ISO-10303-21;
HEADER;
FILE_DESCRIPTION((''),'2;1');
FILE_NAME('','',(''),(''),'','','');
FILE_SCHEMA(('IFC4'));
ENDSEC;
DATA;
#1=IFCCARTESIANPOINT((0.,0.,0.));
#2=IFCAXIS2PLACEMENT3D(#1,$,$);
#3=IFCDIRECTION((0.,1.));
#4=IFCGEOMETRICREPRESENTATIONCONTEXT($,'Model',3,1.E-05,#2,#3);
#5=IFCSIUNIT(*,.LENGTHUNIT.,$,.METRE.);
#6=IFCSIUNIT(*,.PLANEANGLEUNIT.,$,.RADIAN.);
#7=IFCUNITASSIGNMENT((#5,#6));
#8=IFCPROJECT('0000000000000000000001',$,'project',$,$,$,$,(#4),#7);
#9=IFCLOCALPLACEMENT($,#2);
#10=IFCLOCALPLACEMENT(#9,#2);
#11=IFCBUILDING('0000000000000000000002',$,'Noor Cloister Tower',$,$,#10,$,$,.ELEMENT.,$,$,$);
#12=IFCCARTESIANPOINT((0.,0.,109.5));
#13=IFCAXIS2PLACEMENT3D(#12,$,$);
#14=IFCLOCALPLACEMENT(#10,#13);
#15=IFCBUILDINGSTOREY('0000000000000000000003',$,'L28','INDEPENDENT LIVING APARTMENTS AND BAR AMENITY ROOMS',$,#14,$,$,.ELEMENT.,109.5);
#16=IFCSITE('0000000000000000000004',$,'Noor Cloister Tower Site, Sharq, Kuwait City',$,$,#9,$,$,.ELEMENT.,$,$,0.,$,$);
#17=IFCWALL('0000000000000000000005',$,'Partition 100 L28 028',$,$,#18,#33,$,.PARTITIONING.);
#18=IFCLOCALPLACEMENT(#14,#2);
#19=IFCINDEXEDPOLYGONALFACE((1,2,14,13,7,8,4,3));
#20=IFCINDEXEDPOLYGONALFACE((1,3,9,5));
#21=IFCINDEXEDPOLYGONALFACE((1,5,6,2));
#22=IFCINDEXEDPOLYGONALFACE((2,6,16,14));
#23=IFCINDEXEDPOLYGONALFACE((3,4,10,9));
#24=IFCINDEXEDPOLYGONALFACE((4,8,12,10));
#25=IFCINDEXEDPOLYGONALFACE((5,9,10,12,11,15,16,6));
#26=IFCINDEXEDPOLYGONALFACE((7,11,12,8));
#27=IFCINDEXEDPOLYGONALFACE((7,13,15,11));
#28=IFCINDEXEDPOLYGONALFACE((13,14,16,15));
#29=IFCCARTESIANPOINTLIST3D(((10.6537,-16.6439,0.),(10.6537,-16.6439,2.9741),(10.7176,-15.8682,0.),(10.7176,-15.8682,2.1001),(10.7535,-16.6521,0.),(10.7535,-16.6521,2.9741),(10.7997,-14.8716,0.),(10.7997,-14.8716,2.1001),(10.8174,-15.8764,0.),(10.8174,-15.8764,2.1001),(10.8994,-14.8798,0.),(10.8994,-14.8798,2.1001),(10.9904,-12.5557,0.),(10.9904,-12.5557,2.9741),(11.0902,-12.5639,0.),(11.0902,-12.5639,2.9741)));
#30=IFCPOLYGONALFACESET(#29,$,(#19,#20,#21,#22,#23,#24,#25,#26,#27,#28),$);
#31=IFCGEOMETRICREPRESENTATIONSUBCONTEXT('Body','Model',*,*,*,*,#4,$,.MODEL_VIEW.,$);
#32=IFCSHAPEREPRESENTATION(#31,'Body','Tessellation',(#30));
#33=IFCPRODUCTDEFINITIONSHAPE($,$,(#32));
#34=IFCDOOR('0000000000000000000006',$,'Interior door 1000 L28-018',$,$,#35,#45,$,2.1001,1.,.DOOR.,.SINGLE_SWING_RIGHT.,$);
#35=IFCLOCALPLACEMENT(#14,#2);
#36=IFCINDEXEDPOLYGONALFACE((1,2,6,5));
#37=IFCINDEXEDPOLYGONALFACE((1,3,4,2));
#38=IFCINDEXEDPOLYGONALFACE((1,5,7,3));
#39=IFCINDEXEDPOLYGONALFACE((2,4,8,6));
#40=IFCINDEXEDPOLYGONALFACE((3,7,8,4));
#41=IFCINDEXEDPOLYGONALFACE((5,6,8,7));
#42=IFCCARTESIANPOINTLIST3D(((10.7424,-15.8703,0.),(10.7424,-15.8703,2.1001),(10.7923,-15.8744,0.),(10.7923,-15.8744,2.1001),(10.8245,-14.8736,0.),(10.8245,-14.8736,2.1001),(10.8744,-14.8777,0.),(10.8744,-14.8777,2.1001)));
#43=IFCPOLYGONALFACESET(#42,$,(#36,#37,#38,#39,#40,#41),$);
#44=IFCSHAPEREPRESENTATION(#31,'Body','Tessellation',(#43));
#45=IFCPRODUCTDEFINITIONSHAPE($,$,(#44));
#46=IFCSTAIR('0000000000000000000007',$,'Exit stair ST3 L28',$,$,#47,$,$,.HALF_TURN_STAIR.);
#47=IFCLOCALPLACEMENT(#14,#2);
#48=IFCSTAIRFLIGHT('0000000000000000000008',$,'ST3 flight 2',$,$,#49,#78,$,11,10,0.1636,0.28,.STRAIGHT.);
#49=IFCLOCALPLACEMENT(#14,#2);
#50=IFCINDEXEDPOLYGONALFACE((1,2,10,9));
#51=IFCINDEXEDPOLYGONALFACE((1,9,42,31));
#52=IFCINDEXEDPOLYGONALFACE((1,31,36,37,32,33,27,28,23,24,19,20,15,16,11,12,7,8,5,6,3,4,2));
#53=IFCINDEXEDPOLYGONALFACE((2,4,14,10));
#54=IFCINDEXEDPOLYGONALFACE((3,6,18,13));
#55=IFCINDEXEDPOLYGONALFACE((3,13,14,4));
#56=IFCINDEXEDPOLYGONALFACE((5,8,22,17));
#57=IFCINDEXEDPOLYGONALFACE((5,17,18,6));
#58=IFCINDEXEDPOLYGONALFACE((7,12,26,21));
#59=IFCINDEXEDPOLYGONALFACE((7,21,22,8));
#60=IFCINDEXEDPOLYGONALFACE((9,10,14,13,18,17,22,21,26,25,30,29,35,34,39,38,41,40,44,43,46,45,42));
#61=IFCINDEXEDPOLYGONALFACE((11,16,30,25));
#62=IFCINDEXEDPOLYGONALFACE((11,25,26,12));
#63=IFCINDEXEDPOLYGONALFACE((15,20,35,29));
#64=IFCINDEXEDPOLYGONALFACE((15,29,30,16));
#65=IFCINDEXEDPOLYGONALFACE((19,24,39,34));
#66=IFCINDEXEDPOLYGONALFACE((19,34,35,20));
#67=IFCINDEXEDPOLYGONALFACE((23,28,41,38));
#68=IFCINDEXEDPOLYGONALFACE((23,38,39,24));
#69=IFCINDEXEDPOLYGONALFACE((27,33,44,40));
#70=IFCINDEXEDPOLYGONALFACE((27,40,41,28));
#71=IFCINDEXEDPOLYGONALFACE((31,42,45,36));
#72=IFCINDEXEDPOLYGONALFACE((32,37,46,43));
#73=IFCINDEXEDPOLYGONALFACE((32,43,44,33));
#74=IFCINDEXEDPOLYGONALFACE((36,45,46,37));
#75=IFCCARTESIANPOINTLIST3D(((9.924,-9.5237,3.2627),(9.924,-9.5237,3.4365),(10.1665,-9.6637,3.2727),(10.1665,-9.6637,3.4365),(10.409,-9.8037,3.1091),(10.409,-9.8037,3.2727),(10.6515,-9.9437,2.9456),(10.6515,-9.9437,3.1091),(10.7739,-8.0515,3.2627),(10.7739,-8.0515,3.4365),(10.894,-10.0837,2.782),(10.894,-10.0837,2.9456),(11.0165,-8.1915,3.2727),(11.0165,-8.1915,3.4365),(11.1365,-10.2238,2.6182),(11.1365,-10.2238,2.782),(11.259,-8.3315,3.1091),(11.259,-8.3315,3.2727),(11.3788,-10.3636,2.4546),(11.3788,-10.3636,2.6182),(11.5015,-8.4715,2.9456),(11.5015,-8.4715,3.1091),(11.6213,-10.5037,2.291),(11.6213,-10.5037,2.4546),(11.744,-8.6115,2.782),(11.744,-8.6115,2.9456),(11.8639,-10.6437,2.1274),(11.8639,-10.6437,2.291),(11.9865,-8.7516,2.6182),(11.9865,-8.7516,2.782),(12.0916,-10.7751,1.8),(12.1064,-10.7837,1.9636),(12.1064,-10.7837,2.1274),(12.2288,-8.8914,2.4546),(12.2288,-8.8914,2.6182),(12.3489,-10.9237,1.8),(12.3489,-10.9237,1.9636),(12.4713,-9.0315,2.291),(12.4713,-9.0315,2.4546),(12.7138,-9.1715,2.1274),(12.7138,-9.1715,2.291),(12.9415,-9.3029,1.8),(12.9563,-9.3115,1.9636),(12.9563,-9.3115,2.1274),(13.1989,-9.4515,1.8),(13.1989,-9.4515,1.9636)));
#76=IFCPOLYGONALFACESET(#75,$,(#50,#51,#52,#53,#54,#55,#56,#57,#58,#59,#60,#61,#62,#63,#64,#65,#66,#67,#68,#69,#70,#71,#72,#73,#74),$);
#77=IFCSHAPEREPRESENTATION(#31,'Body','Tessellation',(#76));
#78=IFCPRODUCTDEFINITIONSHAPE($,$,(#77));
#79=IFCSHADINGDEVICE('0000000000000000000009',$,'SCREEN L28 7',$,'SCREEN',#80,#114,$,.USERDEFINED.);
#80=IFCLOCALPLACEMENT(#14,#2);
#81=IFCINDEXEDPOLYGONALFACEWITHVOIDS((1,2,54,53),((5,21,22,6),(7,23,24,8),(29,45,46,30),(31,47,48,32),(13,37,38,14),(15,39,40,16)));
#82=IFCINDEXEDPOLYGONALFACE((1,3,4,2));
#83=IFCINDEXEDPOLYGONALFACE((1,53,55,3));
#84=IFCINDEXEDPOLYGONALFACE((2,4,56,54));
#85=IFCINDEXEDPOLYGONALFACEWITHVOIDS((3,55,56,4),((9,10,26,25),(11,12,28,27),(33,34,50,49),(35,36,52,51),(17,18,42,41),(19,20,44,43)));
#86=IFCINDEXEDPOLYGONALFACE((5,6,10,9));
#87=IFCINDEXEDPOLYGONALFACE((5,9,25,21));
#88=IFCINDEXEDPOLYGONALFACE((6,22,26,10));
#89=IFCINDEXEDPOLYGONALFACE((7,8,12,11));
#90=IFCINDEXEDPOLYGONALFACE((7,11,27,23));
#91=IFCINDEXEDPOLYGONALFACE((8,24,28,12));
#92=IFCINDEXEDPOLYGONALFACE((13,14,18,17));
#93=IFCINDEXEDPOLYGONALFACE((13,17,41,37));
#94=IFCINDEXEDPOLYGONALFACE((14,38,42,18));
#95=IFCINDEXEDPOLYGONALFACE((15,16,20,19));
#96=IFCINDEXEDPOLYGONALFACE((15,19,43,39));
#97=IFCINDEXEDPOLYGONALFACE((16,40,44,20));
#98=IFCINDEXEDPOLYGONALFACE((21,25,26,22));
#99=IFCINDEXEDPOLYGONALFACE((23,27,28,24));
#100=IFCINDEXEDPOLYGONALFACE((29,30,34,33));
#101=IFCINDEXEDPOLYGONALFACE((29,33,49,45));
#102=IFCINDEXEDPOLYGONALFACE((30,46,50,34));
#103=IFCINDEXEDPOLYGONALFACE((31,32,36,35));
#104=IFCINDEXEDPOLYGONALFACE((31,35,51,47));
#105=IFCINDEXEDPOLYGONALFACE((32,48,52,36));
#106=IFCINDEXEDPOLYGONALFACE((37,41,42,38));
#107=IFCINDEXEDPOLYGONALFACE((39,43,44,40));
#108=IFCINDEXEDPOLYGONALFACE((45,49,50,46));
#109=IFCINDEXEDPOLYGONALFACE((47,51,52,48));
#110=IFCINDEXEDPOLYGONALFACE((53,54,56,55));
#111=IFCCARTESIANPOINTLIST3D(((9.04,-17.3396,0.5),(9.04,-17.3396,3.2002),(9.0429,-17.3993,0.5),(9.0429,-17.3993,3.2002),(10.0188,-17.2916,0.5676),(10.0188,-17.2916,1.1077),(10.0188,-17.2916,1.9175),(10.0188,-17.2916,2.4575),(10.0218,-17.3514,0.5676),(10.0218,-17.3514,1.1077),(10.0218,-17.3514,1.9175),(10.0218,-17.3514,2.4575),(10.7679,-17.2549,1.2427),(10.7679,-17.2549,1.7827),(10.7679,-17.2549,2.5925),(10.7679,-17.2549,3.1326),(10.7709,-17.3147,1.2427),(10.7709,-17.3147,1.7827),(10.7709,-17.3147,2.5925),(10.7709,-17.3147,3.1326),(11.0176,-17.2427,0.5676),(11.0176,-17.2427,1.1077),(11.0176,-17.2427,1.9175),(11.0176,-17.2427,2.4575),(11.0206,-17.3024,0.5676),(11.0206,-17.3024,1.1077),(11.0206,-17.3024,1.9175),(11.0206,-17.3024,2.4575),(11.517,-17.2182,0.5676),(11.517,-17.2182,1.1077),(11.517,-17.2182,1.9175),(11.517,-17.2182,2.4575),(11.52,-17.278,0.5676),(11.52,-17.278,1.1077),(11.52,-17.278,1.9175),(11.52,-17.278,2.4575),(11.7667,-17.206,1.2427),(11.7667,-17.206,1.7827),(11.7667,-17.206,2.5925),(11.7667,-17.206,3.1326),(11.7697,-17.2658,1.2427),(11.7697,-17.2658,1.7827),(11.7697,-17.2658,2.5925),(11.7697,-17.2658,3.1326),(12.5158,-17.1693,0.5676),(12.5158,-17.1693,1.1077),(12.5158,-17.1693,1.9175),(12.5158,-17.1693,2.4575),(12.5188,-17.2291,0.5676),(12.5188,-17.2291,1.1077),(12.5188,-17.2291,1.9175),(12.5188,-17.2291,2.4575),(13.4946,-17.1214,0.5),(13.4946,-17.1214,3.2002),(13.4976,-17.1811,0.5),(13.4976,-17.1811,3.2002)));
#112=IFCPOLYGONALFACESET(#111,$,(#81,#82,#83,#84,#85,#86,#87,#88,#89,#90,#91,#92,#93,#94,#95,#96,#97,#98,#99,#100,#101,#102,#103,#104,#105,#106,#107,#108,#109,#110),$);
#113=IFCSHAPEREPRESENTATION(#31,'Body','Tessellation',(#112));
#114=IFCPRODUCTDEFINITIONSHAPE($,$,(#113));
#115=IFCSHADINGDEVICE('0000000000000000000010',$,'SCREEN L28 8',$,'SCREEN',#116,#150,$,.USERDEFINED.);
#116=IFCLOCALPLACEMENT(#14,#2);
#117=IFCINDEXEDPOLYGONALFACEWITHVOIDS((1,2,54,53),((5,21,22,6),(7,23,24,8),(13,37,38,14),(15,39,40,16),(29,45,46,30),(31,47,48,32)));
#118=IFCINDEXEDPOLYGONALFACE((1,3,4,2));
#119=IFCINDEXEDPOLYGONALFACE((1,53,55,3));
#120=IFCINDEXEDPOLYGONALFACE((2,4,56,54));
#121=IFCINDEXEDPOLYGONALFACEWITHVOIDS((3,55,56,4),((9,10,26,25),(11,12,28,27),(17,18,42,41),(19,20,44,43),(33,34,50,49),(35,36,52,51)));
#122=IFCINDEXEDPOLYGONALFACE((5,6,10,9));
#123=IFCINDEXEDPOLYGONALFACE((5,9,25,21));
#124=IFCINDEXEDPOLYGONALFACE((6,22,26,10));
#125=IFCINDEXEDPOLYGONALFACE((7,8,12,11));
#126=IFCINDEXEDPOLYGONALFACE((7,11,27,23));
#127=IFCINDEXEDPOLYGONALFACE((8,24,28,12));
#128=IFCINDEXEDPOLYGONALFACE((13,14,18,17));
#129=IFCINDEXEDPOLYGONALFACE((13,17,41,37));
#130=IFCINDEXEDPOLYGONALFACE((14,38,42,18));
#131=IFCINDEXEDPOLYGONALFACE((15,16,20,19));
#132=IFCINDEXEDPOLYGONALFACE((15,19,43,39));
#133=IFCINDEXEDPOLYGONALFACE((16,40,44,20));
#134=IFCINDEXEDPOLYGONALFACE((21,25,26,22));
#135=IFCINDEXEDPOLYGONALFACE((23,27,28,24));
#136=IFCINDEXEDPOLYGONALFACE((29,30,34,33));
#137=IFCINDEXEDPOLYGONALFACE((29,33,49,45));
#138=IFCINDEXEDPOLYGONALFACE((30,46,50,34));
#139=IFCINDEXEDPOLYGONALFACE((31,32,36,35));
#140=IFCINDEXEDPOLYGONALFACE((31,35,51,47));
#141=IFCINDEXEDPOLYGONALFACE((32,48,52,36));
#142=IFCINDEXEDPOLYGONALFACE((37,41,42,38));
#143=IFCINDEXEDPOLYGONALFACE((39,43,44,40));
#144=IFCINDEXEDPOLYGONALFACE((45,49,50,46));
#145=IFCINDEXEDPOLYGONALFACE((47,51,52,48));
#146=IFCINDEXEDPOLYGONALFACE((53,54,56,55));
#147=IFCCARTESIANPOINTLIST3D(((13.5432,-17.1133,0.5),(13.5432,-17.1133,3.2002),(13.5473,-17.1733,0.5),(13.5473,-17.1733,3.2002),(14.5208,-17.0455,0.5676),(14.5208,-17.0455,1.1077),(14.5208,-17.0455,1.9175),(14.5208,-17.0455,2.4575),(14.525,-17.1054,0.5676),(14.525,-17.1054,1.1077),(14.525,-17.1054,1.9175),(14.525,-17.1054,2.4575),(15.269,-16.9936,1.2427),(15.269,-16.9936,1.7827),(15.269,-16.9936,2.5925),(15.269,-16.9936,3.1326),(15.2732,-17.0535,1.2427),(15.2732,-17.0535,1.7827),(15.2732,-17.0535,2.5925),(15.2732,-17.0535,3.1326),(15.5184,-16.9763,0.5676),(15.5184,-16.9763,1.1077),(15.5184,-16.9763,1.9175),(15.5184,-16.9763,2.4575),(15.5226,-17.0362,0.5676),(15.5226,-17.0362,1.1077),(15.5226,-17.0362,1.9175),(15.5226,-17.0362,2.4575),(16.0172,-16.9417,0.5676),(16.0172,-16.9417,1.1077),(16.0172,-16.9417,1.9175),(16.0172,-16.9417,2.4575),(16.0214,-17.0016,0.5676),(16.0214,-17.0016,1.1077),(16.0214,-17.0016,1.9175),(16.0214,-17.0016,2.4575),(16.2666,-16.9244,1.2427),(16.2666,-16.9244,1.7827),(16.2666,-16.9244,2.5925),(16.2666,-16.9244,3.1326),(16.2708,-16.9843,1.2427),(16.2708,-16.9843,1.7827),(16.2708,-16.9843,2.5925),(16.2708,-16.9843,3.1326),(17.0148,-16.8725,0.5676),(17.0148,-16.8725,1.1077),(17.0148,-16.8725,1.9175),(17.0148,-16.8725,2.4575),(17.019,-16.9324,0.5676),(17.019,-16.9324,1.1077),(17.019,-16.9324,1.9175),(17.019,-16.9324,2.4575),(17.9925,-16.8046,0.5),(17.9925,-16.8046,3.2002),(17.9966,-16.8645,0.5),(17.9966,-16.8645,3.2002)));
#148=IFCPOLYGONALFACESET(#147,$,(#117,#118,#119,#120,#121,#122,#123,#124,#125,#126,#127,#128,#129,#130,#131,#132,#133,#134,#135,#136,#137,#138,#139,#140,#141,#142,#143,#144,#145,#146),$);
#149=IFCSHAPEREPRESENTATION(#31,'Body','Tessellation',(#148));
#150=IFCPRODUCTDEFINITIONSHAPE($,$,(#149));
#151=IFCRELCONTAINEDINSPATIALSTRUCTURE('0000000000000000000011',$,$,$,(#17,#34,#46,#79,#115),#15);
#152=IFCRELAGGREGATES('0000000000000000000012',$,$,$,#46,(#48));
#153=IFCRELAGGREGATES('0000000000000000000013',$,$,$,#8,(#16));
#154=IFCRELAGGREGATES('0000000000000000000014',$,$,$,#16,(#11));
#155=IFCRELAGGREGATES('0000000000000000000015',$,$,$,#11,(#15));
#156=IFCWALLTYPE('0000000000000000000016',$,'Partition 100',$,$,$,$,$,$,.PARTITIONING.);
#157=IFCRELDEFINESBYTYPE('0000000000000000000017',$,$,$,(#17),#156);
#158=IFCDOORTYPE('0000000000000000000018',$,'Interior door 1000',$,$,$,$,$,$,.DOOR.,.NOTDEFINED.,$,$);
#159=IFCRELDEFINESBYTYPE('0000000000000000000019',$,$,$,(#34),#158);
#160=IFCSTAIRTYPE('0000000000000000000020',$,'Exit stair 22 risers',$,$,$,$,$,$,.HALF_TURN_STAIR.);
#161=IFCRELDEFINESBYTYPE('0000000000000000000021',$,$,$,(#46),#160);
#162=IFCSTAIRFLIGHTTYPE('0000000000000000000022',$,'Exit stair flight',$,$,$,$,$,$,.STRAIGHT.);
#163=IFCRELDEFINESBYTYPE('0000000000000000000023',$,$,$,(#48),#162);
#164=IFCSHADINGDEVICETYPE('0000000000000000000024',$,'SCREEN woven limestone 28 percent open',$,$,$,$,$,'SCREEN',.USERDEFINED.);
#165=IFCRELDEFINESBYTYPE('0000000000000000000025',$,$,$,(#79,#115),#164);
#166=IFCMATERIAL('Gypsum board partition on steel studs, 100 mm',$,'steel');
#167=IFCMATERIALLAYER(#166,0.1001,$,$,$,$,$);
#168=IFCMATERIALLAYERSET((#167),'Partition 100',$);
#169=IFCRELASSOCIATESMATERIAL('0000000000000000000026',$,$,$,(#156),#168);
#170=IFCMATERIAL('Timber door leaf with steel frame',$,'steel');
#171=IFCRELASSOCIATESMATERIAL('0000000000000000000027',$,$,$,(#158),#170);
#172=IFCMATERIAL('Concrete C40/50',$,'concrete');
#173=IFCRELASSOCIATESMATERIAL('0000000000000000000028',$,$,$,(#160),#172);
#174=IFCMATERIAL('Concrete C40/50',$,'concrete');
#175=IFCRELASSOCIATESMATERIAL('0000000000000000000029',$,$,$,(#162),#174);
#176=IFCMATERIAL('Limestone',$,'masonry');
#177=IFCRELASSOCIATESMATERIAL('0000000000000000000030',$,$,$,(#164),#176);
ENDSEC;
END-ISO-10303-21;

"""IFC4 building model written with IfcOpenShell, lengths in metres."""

from ifc_helpers import new_model, si_unit, direction, frame, frame_2d, origin, place, context, subcontext, project, spatial, polyline, rectangle, outline, extrude, material, layer, layer_set, material_profile, profile_set, type_object, element, fill, aggregate, save


model = new_model("IFC4")

# Units and contexts
model_context = context("Model", 3, precision=1e-05, world=origin(), true_north=direction((0.0, 1.0)))
body_context = subcontext(model_context, "Body", "Model", "MODEL_VIEW")
ifc_project = project(units=[si_unit("LENGTHUNIT", "METRE"), si_unit("PLANEANGLEUNIT", "RADIAN")], contexts=[model_context])

# Site, building, storey
site_placement = place(None, origin())
site = spatial("IfcSite", under=ifc_project, at=site_placement, Name="Noor Cloister Tower Site, Sharq, Kuwait City", CompositionType="ELEMENT", RefElevation=0.0)
building_placement = place(site_placement, origin())
building = spatial("IfcBuilding", under=site, at=building_placement, Name="Noor Cloister Tower", CompositionType="ELEMENT")
storey_placement = place(building_placement, frame((0.0, 0.0, 109.5)))
storey = spatial("IfcBuildingStorey", under=building, at=storey_placement, Name="L28", Description="INDEPENDENT LIVING APARTMENTS AND BAR AMENITY ROOMS", CompositionType="ELEMENT", Elevation=109.5)

# Wall, opening, door
ifc_material_1 = material(Name="Gypsum board partition on steel studs, 100 mm", Category="steel")
ifc_layer_1 = layer(ifc_material_1, 0.1001)
ifc_layer_set_1 = layer_set([ifc_layer_1], Name="Partition 100")
wall_type = type_object("IfcWallType", Name="Partition 100", PredefinedType="PARTITIONING", material=ifc_layer_set_1)
ifc_material_2 = material(Name="Timber door leaf with steel frame", Category="steel")
door_type = type_object("IfcDoorType", Name="Interior door 1000", OperationType="NOTDEFINED", PredefinedType="DOOR", material=ifc_material_2)
wall_1_placement = place(storey_placement, frame((11.0403, -12.5598, 0.0), z_axis=(0.0, 0.0, 1.0), x_axis=(-0.082075, -0.996626, 0.0)))
wall_1 = element("IfcWall", 1, at=wall_1_placement, inside=storey, type_object=wall_type, Name="Partition 100 L28 028", PredefinedType="PARTITIONING", context=body_context, shape_type="SweptSolid", body=[
    extrude(rectangle(XDim=4.1021, YDim=0.1001, at=frame_2d((2.051, 0.0))), origin(), (0.0, 0.0, 1.0), 2.9741),
])
opening_1_placement = place(wall_1_placement, frame((2.3237, 0.0, 0.0)))
opening_1 = element("IfcOpeningElement", 2, at=opening_1_placement, cuts=wall_1, PredefinedType="OPENING", context=body_context, shape_type="SweptSolid", body=[
    extrude(rectangle(XDim=1.0, YDim=2.1001, at=frame_2d((0.5, 1.05))), frame((0.0, 0.0601, 0.0), z_axis=(0.0, -1.0, 0.0), x_axis=(1.0, 0.0, 0.0)), (0.0, 0.0, 1.0), 0.1201),
])
door_1_placement = place(opening_1_placement, origin())
door_1 = element("IfcDoor", 3, at=door_1_placement, inside=storey, type_object=door_type, Name="Interior door 1000 L28-018", OperationType="SINGLE_SWING_RIGHT", OverallHeight=2.1001, OverallWidth=1.0, PredefinedType="DOOR", context=body_context, shape_type="SweptSolid", body=[
    extrude(rectangle(XDim=1.0, YDim=2.1001, at=frame_2d((0.5, 1.05))), frame((0.0, 0.0249, 0.0), z_axis=(0.0, -1.0, 0.0), x_axis=(1.0, 0.0, 0.0)), (0.0, 0.0, 1.0), 0.05),
])
fill(opening_1, door_1)

# Stair, stair flight
ifc_material_3 = material(Name="Concrete C40/50", Category="concrete")
stair_type = type_object("IfcStairType", Name="Exit stair 22 risers", PredefinedType="HALF_TURN_STAIR", material=ifc_material_3)
stair_placement = place(storey_placement, origin())
stair = element("IfcStair", 4, at=stair_placement, inside=storey, type_object=stair_type, Name="Exit stair ST3 L28", PredefinedType="HALF_TURN_STAIR")
ifc_material_4 = material(Name="Concrete C40/50", Category="concrete")
stair_flight_type = type_object("IfcStairFlightType", Name="Exit stair flight", PredefinedType="STRAIGHT", material=ifc_material_4)
stair_flight_placement = place(storey_placement, frame((12.7739, -10.1875, 1.8), z_axis=(0.0, 0.0, 1.0), x_axis=(-0.866025, 0.5, 0.0)))
stair_flight = element("IfcStairFlight", 5, at=stair_flight_placement, type_object=stair_flight_type, Name="ST3 flight 2", NumberOfRisers=11, NumberOfTreads=10, PredefinedType="STRAIGHT", RiserHeight=0.1636, TreadLength=0.28, context=body_context, shape_type="SweptSolid", body=[
    extrude(outline(polyline([(0.0, 0.0), (0.0, 0.1636), (0.28, 0.1636), (0.28, 0.3274), (0.5601, 0.3274), (0.5601, 0.491), (0.8401, 0.491), (0.8401, 0.6545), (1.1201, 0.6545), (1.1201, 0.8181), (1.3999, 0.8181), (1.3999, 0.9819), (1.6799, 0.9819), (1.6799, 1.1455), (1.96, 1.1455), (1.96, 1.3091), (2.24, 1.3091), (2.24, 1.4727), (2.52, 1.4727), (2.52, 1.6365), (2.8, 1.6365), (2.8, 1.8), (2.8, 1.4626), (0.2971, 0.0), (0.0, 0.0)])), frame((0.0, 0.8501, 0.0), z_axis=(0.0, -1.0, 0.0), x_axis=(1.0, 0.0, 0.0)), (0.0, 0.0, 1.0), 1.7),
])
aggregate(stair, [stair_flight])

# Shading devices
ifc_material_5 = material(Name="Limestone", Category="masonry")
ifc_material_profile_1 = material_profile(ifc_material_5, outline(polyline([(-2.23, -1.3501), (2.23, -1.3501), (2.23, 1.3501), (-2.23, 1.3501), (-2.23, -1.3501)]), holes=[polyline([(-1.25, -1.2825), (-0.25, -1.2825), (-0.25, -0.7424), (-1.25, -0.7424), (-1.25, -1.2825)]), polyline([(0.25, -1.2825), (1.25, -1.2825), (1.25, -0.7424), (0.25, -0.7424), (0.25, -1.2825)]), polyline([(-0.5, -0.6074), (0.5, -0.6074), (0.5, -0.0674), (-0.5, -0.0674), (-0.5, -0.6074)]), polyline([(-1.25, 0.0674), (-0.25, 0.0674), (-0.25, 0.6074), (-1.25, 0.6074), (-1.25, 0.0674)]), polyline([(0.25, 0.0674), (1.25, 0.0674), (1.25, 0.6074), (0.25, 0.6074), (0.25, 0.0674)]), polyline([(-0.5, 0.7424), (0.5, 0.7424), (0.5, 1.2825), (-0.5, 1.2825), (-0.5, 0.7424)])]), Name="Woven screen 28 percent open")
ifc_profile_set_1 = profile_set([ifc_material_profile_1], Name="Limestone")
shading_device_type = type_object("IfcShadingDeviceType", Name="SCREEN woven limestone 28 percent open", ElementType="SCREEN", PredefinedType="USERDEFINED", material=ifc_profile_set_1)
shading_device_1_placement = place(storey_placement, frame((11.2673, -17.2305, 1.8501), z_axis=(0.048921, -0.998803, 0.0), x_axis=(0.998803, 0.048921, 0.0)))
element("IfcShadingDevice", 6, at=shading_device_1_placement, inside=storey, type_object=shading_device_type, Name="SCREEN L28 7", ObjectType="SCREEN", PredefinedType="USERDEFINED", context=body_context, shape_type="SweptSolid", body=[
    extrude(outline(polyline([(-2.23, -1.3501), (2.23, -1.3501), (2.23, 1.3501), (-2.23, 1.3501), (-2.23, -1.3501)]), holes=[polyline([(-1.25, -1.2825), (-0.25, -1.2825), (-0.25, -0.7424), (-1.25, -0.7424), (-1.25, -1.2825)]), polyline([(0.25, -1.2825), (1.25, -1.2825), (1.25, -0.7424), (0.25, -0.7424), (0.25, -1.2825)]), polyline([(-0.5, -0.6074), (0.5, -0.6074), (0.5, -0.0674), (-0.5, -0.0674), (-0.5, -0.6074)]), polyline([(-1.25, 0.0674), (-0.25, 0.0674), (-0.25, 0.6074), (-1.25, 0.6074), (-1.25, 0.0674)]), polyline([(0.25, 0.0674), (1.25, 0.0674), (1.25, 0.6074), (0.25, 0.6074), (0.25, 0.0674)]), polyline([(-0.5, 0.7424), (0.5, 0.7424), (0.5, 1.2825), (-0.5, 1.2825), (-0.5, 0.7424)])]), origin(), (0.0, 0.0, 1.0), 0.0598),
])
shading_device_2_placement = place(storey_placement, frame((15.7678, -16.959, 1.8501), z_axis=(0.069221, -0.997601, 0.0), x_axis=(0.997601, 0.069221, 0.0)))
element("IfcShadingDevice", 7, at=shading_device_2_placement, inside=storey, type_object=shading_device_type, Name="SCREEN L28 8", ObjectType="SCREEN", PredefinedType="USERDEFINED", context=body_context, shape_type="SweptSolid", body=[
    extrude(outline(polyline([(-2.23, -1.3501), (2.23, -1.3501), (2.23, 1.3501), (-2.23, 1.3501), (-2.23, -1.3501)]), holes=[polyline([(-1.25, -1.2825), (-0.25, -1.2825), (-0.25, -0.7424), (-1.25, -0.7424), (-1.25, -1.2825)]), polyline([(0.25, -1.2825), (1.25, -1.2825), (1.25, -0.7424), (0.25, -0.7424), (0.25, -1.2825)]), polyline([(-0.5, -0.6074), (0.5, -0.6074), (0.5, -0.0674), (-0.5, -0.0674), (-0.5, -0.6074)]), polyline([(-1.25, 0.0674), (-0.25, 0.0674), (-0.25, 0.6074), (-1.25, 0.6074), (-1.25, 0.0674)]), polyline([(0.25, 0.0674), (1.25, 0.0674), (1.25, 0.6074), (0.25, 0.6074), (0.25, 0.0674)]), polyline([(-0.5, 0.7424), (0.5, 0.7424), (0.5, 1.2825), (-0.5, 1.2825), (-0.5, 0.7424)])]), origin(), (0.0, 0.0, 1.0), 0.0601),
])

save(model, "model.ifc")
